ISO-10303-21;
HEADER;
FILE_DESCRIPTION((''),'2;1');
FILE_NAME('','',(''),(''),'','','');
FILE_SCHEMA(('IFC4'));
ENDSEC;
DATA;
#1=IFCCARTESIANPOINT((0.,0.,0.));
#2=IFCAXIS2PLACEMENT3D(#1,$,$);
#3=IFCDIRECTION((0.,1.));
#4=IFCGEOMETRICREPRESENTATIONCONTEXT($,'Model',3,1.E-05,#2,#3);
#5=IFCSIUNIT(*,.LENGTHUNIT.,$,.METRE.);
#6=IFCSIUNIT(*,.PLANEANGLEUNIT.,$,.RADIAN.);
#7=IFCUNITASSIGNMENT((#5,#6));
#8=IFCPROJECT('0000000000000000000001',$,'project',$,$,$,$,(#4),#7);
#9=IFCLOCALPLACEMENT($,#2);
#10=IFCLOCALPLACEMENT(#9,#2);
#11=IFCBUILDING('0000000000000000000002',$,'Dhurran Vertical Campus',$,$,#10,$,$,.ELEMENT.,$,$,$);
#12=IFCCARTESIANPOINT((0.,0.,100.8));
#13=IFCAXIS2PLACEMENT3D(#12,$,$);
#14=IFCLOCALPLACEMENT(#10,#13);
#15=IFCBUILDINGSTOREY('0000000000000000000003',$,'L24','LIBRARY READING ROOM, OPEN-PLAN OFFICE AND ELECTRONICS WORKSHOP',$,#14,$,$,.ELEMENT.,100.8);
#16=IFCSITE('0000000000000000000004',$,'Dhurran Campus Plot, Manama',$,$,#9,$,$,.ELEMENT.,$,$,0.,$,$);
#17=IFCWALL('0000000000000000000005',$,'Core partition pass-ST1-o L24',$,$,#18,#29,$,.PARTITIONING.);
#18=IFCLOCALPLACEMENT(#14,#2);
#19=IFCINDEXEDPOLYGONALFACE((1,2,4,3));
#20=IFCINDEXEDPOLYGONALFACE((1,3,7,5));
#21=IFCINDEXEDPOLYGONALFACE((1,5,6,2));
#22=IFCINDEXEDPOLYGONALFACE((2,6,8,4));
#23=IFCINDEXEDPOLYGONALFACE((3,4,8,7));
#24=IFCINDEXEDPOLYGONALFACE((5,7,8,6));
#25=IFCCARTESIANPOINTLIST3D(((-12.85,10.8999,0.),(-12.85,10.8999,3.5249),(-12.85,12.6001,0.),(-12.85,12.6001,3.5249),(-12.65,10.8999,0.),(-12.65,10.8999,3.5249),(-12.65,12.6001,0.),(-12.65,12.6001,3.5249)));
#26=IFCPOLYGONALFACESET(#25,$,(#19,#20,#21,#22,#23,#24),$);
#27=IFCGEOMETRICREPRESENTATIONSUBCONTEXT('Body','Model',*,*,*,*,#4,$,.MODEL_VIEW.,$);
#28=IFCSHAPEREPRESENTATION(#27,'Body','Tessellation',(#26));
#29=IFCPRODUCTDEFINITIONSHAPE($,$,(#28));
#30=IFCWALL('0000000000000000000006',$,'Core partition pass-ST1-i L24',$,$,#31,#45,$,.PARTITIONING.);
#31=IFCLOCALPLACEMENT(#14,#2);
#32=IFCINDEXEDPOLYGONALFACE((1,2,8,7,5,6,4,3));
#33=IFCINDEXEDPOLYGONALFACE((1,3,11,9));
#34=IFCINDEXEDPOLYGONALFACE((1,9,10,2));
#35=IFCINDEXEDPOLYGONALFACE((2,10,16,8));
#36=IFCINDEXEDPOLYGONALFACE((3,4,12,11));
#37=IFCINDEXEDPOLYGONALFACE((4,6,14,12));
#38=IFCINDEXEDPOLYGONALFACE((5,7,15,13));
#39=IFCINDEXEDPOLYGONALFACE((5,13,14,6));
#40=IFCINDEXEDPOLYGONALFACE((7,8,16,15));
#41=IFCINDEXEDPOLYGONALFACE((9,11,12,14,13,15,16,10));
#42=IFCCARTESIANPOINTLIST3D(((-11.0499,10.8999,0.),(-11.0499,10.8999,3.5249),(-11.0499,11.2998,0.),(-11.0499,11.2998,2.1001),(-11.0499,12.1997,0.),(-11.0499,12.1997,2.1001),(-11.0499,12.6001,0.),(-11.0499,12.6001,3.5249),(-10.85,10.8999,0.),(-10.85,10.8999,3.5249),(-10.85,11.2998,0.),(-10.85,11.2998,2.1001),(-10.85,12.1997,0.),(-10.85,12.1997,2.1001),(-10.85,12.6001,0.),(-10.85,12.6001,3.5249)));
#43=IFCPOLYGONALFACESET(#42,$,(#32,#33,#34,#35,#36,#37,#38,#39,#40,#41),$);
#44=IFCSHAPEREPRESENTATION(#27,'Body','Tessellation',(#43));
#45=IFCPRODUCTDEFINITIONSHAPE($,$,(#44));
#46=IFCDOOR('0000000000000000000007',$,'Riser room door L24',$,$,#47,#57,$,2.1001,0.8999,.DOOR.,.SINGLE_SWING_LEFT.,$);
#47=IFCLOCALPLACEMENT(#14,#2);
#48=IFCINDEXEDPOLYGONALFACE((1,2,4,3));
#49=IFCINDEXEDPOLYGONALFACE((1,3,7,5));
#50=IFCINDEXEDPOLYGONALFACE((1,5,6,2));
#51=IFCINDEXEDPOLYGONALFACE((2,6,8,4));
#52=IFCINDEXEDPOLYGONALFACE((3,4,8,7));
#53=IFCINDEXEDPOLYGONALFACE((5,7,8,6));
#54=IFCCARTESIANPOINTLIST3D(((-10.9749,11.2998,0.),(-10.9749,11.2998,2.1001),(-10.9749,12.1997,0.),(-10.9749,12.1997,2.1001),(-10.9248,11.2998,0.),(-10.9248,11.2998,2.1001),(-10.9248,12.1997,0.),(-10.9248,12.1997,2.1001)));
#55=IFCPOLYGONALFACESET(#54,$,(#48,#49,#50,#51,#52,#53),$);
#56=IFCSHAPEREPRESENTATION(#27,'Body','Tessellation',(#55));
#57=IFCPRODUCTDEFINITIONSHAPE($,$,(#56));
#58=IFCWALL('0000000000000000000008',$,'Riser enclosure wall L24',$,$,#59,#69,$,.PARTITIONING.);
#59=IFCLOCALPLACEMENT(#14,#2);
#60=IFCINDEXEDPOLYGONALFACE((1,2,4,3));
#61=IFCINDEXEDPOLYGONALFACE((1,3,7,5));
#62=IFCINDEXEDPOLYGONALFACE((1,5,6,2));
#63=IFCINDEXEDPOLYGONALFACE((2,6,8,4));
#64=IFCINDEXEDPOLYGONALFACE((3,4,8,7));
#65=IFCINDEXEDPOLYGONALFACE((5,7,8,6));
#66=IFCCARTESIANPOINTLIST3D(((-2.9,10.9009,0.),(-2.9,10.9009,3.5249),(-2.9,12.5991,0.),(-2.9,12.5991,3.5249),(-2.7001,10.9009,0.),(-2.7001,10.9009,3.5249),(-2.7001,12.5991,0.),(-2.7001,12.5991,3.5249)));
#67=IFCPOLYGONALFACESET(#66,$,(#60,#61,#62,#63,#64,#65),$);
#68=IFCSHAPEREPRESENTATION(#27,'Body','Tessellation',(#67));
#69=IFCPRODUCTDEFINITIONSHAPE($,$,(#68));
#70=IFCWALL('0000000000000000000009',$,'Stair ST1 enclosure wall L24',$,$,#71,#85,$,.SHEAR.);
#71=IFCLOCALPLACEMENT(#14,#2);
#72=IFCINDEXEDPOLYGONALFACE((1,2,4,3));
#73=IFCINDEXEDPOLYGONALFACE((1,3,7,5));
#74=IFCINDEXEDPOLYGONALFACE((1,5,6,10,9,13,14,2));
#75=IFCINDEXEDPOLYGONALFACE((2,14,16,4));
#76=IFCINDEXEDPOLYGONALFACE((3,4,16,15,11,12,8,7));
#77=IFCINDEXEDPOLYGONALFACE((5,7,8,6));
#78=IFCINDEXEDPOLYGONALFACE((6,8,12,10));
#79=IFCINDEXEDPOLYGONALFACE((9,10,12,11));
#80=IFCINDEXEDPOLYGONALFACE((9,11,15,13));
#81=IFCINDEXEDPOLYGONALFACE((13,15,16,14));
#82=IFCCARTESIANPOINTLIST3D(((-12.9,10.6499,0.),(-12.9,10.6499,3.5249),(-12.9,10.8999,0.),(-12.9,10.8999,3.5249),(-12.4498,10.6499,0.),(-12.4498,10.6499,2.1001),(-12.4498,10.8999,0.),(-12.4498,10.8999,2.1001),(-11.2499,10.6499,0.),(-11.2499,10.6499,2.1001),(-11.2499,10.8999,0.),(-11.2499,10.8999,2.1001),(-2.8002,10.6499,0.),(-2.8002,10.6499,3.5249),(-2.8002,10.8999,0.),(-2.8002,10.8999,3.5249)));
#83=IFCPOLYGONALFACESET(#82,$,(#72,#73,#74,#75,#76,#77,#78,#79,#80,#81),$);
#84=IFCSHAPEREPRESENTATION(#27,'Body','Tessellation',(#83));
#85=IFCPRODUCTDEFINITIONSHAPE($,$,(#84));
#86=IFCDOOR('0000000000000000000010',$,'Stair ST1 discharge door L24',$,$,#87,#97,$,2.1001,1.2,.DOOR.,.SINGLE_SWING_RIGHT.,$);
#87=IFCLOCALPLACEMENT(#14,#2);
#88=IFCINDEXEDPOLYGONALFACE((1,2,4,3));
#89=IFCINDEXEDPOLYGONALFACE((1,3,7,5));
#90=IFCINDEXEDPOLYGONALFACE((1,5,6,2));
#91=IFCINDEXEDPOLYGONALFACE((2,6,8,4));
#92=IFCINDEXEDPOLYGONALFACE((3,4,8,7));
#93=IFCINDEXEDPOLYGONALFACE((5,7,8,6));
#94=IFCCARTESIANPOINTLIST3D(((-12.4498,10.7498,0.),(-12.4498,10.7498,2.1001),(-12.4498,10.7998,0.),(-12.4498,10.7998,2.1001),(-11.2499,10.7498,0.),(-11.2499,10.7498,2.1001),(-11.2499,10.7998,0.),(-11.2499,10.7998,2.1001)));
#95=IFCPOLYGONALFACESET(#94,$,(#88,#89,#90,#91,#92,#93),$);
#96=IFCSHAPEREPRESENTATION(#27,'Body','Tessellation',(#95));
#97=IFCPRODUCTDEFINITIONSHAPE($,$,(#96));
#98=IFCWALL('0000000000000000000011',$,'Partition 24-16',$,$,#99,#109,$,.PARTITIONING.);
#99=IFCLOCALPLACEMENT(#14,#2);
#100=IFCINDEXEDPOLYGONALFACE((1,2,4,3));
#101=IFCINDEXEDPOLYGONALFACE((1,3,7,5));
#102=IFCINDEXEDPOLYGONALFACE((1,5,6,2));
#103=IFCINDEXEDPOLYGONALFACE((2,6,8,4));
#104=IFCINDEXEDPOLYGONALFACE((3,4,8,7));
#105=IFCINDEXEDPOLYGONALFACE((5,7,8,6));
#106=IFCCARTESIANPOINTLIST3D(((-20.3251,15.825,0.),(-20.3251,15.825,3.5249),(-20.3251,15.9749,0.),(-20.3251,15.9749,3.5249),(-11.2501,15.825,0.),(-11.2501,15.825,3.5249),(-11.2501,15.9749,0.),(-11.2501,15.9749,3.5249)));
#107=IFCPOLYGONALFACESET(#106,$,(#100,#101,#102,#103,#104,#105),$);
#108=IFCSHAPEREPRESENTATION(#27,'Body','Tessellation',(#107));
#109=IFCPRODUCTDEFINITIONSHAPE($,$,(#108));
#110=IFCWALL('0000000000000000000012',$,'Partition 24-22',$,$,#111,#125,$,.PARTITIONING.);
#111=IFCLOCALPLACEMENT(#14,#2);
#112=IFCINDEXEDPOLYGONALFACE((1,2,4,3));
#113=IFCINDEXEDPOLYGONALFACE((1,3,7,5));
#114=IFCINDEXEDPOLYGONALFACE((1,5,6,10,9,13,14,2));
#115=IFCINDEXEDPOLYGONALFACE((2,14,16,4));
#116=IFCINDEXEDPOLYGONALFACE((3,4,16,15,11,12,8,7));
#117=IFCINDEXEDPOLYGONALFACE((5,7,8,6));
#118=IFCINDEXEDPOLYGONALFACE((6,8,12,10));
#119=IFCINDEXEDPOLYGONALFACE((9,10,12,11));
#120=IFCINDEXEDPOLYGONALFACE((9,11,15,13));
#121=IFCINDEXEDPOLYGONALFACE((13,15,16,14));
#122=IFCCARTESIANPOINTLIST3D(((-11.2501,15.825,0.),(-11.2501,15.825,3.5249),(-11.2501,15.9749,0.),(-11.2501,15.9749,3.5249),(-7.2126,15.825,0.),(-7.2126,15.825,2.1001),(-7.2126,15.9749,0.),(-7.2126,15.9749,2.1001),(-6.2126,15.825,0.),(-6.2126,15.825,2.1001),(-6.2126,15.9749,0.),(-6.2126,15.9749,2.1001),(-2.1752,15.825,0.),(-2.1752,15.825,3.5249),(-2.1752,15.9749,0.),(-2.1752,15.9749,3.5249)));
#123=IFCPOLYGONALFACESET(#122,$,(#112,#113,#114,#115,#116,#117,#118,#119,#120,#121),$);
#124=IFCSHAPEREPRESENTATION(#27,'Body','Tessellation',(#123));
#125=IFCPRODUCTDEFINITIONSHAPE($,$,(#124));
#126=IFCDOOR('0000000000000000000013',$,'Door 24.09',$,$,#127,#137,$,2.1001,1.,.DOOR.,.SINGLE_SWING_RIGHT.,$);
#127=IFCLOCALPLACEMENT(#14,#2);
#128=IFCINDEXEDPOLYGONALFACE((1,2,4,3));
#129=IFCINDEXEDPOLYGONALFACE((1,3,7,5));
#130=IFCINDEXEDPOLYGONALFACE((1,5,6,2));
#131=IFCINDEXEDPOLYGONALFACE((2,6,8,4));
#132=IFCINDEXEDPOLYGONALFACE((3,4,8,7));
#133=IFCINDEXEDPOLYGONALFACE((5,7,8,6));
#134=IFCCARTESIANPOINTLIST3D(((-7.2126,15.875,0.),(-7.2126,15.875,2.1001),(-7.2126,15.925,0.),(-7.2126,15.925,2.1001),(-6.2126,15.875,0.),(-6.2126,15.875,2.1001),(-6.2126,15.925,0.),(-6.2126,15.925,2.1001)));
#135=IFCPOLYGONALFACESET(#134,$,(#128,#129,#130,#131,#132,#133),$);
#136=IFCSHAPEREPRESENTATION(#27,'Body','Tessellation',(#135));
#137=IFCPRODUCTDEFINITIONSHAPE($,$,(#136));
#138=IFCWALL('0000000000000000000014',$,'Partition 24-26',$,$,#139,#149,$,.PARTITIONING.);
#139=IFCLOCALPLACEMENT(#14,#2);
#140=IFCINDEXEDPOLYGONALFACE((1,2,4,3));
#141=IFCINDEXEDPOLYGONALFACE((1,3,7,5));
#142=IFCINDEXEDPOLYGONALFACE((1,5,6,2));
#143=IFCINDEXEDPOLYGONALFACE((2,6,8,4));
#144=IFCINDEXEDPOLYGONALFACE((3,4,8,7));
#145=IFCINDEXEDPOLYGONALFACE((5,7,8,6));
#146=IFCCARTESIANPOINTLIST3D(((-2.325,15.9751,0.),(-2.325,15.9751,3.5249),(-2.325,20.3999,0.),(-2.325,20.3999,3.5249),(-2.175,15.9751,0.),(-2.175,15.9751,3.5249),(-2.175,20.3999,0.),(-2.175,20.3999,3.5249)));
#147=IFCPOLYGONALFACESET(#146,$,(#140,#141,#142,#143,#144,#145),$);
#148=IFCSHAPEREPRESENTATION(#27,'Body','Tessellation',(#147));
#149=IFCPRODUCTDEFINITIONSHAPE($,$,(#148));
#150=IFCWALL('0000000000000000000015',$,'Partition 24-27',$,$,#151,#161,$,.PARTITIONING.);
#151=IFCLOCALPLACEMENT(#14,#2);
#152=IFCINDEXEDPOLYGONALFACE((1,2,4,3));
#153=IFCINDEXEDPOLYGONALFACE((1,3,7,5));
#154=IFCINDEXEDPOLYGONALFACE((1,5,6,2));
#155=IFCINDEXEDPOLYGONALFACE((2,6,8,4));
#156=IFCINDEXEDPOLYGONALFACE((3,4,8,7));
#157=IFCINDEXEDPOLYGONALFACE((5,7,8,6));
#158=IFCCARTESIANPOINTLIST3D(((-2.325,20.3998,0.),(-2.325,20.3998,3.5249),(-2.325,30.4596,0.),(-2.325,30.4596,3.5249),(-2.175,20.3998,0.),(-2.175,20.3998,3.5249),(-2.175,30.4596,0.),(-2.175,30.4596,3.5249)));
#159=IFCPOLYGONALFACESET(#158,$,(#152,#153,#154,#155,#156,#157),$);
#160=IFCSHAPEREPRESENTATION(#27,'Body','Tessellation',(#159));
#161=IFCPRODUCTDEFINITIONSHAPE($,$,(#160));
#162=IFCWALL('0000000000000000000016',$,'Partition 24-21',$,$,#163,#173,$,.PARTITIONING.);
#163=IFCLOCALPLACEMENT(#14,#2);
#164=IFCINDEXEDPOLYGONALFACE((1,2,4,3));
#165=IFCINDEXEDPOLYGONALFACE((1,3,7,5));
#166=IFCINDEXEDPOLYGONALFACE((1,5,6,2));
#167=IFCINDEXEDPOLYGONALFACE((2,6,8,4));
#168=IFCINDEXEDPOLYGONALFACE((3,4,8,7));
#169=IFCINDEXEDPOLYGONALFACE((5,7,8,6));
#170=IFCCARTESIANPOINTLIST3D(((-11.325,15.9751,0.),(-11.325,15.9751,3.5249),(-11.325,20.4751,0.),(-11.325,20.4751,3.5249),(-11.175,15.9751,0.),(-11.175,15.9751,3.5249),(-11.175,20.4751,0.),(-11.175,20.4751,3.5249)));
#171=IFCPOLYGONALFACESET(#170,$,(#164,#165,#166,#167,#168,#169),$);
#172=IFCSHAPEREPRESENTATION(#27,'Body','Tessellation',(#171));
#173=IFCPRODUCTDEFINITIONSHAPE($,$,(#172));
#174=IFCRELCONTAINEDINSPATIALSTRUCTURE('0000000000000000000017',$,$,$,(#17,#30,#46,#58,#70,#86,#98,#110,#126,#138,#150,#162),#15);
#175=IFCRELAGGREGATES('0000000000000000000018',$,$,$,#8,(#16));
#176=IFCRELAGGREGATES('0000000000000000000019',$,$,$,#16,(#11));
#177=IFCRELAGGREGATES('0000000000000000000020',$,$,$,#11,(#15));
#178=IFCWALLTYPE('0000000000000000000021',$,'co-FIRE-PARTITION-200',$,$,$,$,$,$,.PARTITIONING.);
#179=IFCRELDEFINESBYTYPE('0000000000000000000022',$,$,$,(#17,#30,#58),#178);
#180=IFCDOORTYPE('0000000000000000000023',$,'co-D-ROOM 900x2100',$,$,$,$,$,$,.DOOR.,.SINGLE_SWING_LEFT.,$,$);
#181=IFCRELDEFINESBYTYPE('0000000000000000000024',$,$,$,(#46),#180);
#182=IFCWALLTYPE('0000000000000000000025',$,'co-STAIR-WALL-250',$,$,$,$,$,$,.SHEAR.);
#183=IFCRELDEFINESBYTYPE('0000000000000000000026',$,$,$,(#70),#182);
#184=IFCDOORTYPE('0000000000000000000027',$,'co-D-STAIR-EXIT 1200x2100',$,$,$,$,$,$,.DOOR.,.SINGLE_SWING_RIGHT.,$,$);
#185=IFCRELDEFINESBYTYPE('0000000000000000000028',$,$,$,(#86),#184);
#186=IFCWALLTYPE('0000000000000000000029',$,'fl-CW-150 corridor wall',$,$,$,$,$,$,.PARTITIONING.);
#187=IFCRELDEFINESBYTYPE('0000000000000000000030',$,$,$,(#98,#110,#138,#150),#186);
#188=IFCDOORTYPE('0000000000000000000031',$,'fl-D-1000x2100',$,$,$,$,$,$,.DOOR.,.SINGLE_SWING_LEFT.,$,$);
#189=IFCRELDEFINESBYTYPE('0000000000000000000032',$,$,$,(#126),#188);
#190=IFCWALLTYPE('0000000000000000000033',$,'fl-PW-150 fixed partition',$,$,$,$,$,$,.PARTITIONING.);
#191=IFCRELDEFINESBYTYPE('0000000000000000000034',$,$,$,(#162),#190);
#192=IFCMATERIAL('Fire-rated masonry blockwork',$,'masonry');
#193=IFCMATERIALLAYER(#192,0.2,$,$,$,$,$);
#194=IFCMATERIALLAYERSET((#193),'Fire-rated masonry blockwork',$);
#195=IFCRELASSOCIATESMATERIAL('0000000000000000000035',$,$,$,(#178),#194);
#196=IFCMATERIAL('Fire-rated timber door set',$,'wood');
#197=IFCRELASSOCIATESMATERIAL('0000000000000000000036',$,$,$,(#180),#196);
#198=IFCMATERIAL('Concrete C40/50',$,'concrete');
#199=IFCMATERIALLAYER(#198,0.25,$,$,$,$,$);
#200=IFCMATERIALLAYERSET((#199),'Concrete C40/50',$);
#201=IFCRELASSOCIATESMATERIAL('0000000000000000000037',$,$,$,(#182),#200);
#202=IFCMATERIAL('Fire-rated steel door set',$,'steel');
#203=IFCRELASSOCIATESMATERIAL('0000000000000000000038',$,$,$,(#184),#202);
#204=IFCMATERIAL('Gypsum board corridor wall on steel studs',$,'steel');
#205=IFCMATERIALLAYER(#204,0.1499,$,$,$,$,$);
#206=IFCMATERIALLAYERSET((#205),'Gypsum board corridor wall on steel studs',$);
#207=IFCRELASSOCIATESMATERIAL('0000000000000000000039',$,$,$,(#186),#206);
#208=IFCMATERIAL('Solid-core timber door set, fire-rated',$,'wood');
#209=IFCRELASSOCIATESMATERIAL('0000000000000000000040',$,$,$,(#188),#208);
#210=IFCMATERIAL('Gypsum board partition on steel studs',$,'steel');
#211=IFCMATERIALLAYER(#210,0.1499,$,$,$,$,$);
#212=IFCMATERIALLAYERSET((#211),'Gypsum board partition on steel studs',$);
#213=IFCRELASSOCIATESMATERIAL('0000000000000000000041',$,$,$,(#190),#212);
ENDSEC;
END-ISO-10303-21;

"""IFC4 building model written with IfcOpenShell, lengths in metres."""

from ifc_helpers import new_model, si_unit, direction, frame, frame_2d, origin, place, context, subcontext, project, spatial, rectangle, extrude, material, layer, layer_set, type_object, element, fill, save


model = new_model("IFC4")

# Units and contexts
model_context = context("Model", 3, precision=1e-05, world=origin(), true_north=direction((0.0, 1.0)))
body_context = subcontext(model_context, "Body", "Model", "MODEL_VIEW")
ifc_project = project(units=[si_unit("LENGTHUNIT", "METRE"), si_unit("PLANEANGLEUNIT", "RADIAN")], contexts=[model_context])

# Site, building, storey
site_placement = place(None, origin())
site = spatial("IfcSite", under=ifc_project, at=site_placement, Name="Dhurran Campus Plot, Manama", CompositionType="ELEMENT", RefElevation=0.0)
building_placement = place(site_placement, origin())
building = spatial("IfcBuilding", under=site, at=building_placement, Name="Dhurran Vertical Campus", CompositionType="ELEMENT")
storey_placement = place(building_placement, frame((0.0, 0.0, 100.8)))
storey = spatial("IfcBuildingStorey", under=building, at=storey_placement, Name="L24", Description="LIBRARY READING ROOM, OPEN-PLAN OFFICE AND ELECTRONICS WORKSHOP", CompositionType="ELEMENT", Elevation=100.8)

# Wall
ifc_material_1 = material(Name="Fire-rated masonry blockwork", Category="masonry")
ifc_layer_1 = layer(ifc_material_1, 0.2)
ifc_layer_set_1 = layer_set([ifc_layer_1], Name="Fire-rated masonry blockwork")
wall_type_1 = type_object("IfcWallType", Name="co-FIRE-PARTITION-200", PredefinedType="PARTITIONING", material=ifc_layer_set_1)
wall_1_placement = place(storey_placement, frame((-12.75, 10.8999, 0.0), z_axis=(0.0, 0.0, 1.0), x_axis=(0.0, 1.0, 0.0)))
element("IfcWall", 1, at=wall_1_placement, inside=storey, type_object=wall_type_1, Name="Core partition pass-ST1-o L24", PredefinedType="PARTITIONING", context=body_context, shape_type="SweptSolid", body=[
    extrude(rectangle(XDim=1.7002, YDim=0.2, at=frame_2d((0.8501, 0.0))), origin(), (0.0, 0.0, 1.0), 3.5249),
])

# Wall, opening, door
wall_2_placement = place(storey_placement, frame((-10.95, 10.8999, 0.0), z_axis=(0.0, 0.0, 1.0), x_axis=(0.0, 1.0, 0.0)))
wall_2 = element("IfcWall", 2, at=wall_2_placement, inside=storey, type_object=wall_type_1, Name="Core partition pass-ST1-i L24", PredefinedType="PARTITIONING", context=body_context, shape_type="SweptSolid", body=[
    extrude(rectangle(XDim=1.7002, YDim=0.2, at=frame_2d((0.8501, 0.0))), origin(), (0.0, 0.0, 1.0), 3.5249),
])
opening_1_placement = place(wall_2_placement, frame((0.3999, 0.0, 0.0)))
opening_1 = element("IfcOpeningElement", 3, at=opening_1_placement, cuts=wall_2, PredefinedType="OPENING", context=body_context, shape_type="SweptSolid", body=[
    extrude(rectangle(XDim=0.8999, YDim=2.1001, at=frame_2d((0.45, 1.05))), frame((0.0, 0.1099, 0.0), z_axis=(0.0, -1.0, 0.0), x_axis=(1.0, 0.0, 0.0)), (0.0, 0.0, 1.0), 0.22),
])
ifc_material_2 = material(Name="Fire-rated timber door set", Category="wood")
door_type_1 = type_object("IfcDoorType", Name="co-D-ROOM 900x2100", OperationType="SINGLE_SWING_LEFT", PredefinedType="DOOR", material=ifc_material_2)
door_1_placement = place(opening_1_placement, origin())
door_1 = element("IfcDoor", 4, at=door_1_placement, inside=storey, type_object=door_type_1, Name="Riser room door L24", OperationType="SINGLE_SWING_LEFT", OverallHeight=2.1001, OverallWidth=0.8999, PredefinedType="DOOR", context=body_context, shape_type="SweptSolid", body=[
    extrude(rectangle(XDim=0.8999, YDim=2.1001, at=frame_2d((0.45, 1.05))), frame((0.0, 0.0249, 0.0), z_axis=(0.0, -1.0, 0.0), x_axis=(1.0, 0.0, 0.0)), (0.0, 0.0, 1.0), 0.05),
])
fill(opening_1, door_1)

# Wall
wall_3_placement = place(storey_placement, frame((-2.8, 10.9009, 0.0), z_axis=(0.0, 0.0, 1.0), x_axis=(0.0, 1.0, 0.0)))
element("IfcWall", 5, at=wall_3_placement, inside=storey, type_object=wall_type_1, Name="Riser enclosure wall L24", PredefinedType="PARTITIONING", context=body_context, shape_type="SweptSolid", body=[
    extrude(rectangle(XDim=1.6982, YDim=0.2, at=frame_2d((0.8491, 0.0))), origin(), (0.0, 0.0, 1.0), 3.5249),
])

# Wall, opening, door
ifc_material_3 = material(Name="Concrete C40/50", Category="concrete")
ifc_layer_2 = layer(ifc_material_3, 0.25)
ifc_layer_set_2 = layer_set([ifc_layer_2], Name="Concrete C40/50")
wall_type_2 = type_object("IfcWallType", Name="co-STAIR-WALL-250", PredefinedType="SHEAR", material=ifc_layer_set_2)
wall_4_placement = place(storey_placement, frame((-12.8999, 10.7749, 0.0), z_axis=(0.0, 0.0, 1.0), x_axis=(1.0, 0.0, 0.0)))
wall_4 = element("IfcWall", 6, at=wall_4_placement, inside=storey, type_object=wall_type_2, Name="Stair ST1 enclosure wall L24", PredefinedType="SHEAR", context=body_context, shape_type="SweptSolid", body=[
    extrude(rectangle(XDim=10.0999, YDim=0.25, at=frame_2d((5.0498, 0.0))), origin(), (0.0, 0.0, 1.0), 3.5249),
])
opening_2_placement = place(wall_4_placement, frame((0.45, 0.0, 0.0)))
opening_2 = element("IfcOpeningElement", 7, at=opening_2_placement, cuts=wall_4, PredefinedType="OPENING", context=body_context, shape_type="SweptSolid", body=[
    extrude(rectangle(XDim=1.2, YDim=2.1001, at=frame_2d((0.6001, 1.05))), frame((0.0, 0.135, 0.0), z_axis=(0.0, -1.0, 0.0), x_axis=(1.0, 0.0, 0.0)), (0.0, 0.0, 1.0), 0.27),
])
ifc_material_4 = material(Name="Fire-rated steel door set", Category="steel")
door_type_2 = type_object("IfcDoorType", Name="co-D-STAIR-EXIT 1200x2100", OperationType="SINGLE_SWING_RIGHT", PredefinedType="DOOR", material=ifc_material_4)
door_2_placement = place(opening_2_placement, origin())
door_2 = element("IfcDoor", 8, at=door_2_placement, inside=storey, type_object=door_type_2, Name="Stair ST1 discharge door L24", OperationType="SINGLE_SWING_RIGHT", OverallHeight=2.1001, OverallWidth=1.2, PredefinedType="DOOR", context=body_context, shape_type="SweptSolid", body=[
    extrude(rectangle(XDim=1.2, YDim=2.1001, at=frame_2d((0.6001, 1.05))), frame((0.0, 0.0249, 0.0), z_axis=(0.0, -1.0, 0.0), x_axis=(1.0, 0.0, 0.0)), (0.0, 0.0, 1.0), 0.05),
])
fill(opening_2, door_2)

# Wall
ifc_material_5 = material(Name="Gypsum board corridor wall on steel studs", Category="steel")
ifc_layer_3 = layer(ifc_material_5, 0.1499)
ifc_layer_set_3 = layer_set([ifc_layer_3], Name="Gypsum board corridor wall on steel studs")
wall_type_3 = type_object("IfcWallType", Name="fl-CW-150 corridor wall", PredefinedType="PARTITIONING", material=ifc_layer_set_3)
wall_5_placement = place(storey_placement, frame((-11.25, 15.8999, 0.0), z_axis=(0.0, 0.0, 1.0), x_axis=(-1.0, 0.0, 0.0)))
element("IfcWall", 9, at=wall_5_placement, inside=storey, type_object=wall_type_3, Name="Partition 24-16", PredefinedType="PARTITIONING", context=body_context, shape_type="SweptSolid", body=[
    extrude(rectangle(XDim=9.075, YDim=0.1499, at=frame_2d((4.5376, 0.0))), origin(), (0.0, 0.0, 1.0), 3.5249),
])

# Wall, opening, door
wall_6_placement = place(storey_placement, frame((-2.175, 15.8999, 0.0), z_axis=(0.0, 0.0, 1.0), x_axis=(-1.0, 0.0, 0.0)))
wall_6 = element("IfcWall", 10, at=wall_6_placement, inside=storey, type_object=wall_type_3, Name="Partition 24-22", PredefinedType="PARTITIONING", context=body_context, shape_type="SweptSolid", body=[
    extrude(rectangle(XDim=9.075, YDim=0.1499, at=frame_2d((4.5376, 0.0))), origin(), (0.0, 0.0, 1.0), 3.5249),
])
opening_3_placement = place(wall_6_placement, frame((4.0376, 0.0, 0.0)))
opening_3 = element("IfcOpeningElement", 11, at=opening_3_placement, cuts=wall_6, PredefinedType="OPENING", context=body_context, shape_type="SweptSolid", body=[
    extrude(rectangle(XDim=1.0, YDim=2.1001, at=frame_2d((0.5, 1.05))), frame((0.0, 0.085, 0.0), z_axis=(0.0, -1.0, 0.0), x_axis=(1.0, 0.0, 0.0)), (0.0, 0.0, 1.0), 0.1699),
])
ifc_material_6 = material(Name="Solid-core timber door set, fire-rated", Category="wood")
door_type_3 = type_object("IfcDoorType", Name="fl-D-1000x2100", OperationType="SINGLE_SWING_LEFT", PredefinedType="DOOR", material=ifc_material_6)
door_3_placement = place(opening_3_placement, origin())
door_3 = element("IfcDoor", 12, at=door_3_placement, inside=storey, type_object=door_type_3, Name="Door 24.09", OperationType="SINGLE_SWING_RIGHT", OverallHeight=2.1001, OverallWidth=1.0, PredefinedType="DOOR", context=body_context, shape_type="SweptSolid", body=[
    extrude(rectangle(XDim=1.0, YDim=2.1001, at=frame_2d((0.5, 1.05))), frame((0.0, 0.0249, 0.0), z_axis=(0.0, -1.0, 0.0), x_axis=(1.0, 0.0, 0.0)), (0.0, 0.0, 1.0), 0.05),
])
fill(opening_3, door_3)

# Walls
wall_7_placement = place(storey_placement, frame((-2.25, 15.9751, 0.0), z_axis=(0.0, 0.0, 1.0), x_axis=(0.0, 1.0, 0.0)))
element("IfcWall", 13, at=wall_7_placement, inside=storey, type_object=wall_type_3, Name="Partition 24-26", PredefinedType="PARTITIONING", context=body_context, shape_type="SweptSolid", body=[
    extrude(rectangle(XDim=4.4248, YDim=0.1499, at=frame_2d((2.2124, 0.0))), origin(), (0.0, 0.0, 1.0), 3.5249),
])
wall_8_placement = place(storey_placement, frame((-2.25, 20.3999, 0.0), z_axis=(0.0, 0.0, 1.0), x_axis=(0.0, 1.0, 0.0)))
element("IfcWall", 14, at=wall_8_placement, inside=storey, type_object=wall_type_3, Name="Partition 24-27", PredefinedType="PARTITIONING", context=body_context, shape_type="SweptSolid", body=[
    extrude(rectangle(XDim=10.0598, YDim=0.1499, at=frame_2d((5.0298, 0.0))), origin(), (0.0, 0.0, 1.0), 3.5249),
])
ifc_material_7 = material(Name="Gypsum board partition on steel studs", Category="steel")
ifc_layer_4 = layer(ifc_material_7, 0.1499)
ifc_layer_set_4 = layer_set([ifc_layer_4], Name="Gypsum board partition on steel studs")
wall_type_4 = type_object("IfcWallType", Name="fl-PW-150 fixed partition", PredefinedType="PARTITIONING", material=ifc_layer_set_4)
wall_9_placement = place(storey_placement, frame((-11.25, 20.4751, 0.0), z_axis=(0.0, 0.0, 1.0), x_axis=(0.0, -1.0, 0.0)))
element("IfcWall", 15, at=wall_9_placement, inside=storey, type_object=wall_type_4, Name="Partition 24-21", PredefinedType="PARTITIONING", context=body_context, shape_type="SweptSolid", body=[
    extrude(rectangle(XDim=4.5, YDim=0.1499, at=frame_2d((2.25, 0.0))), origin(), (0.0, 0.0, 1.0), 3.5249),
])

save(model, "model.ifc")
